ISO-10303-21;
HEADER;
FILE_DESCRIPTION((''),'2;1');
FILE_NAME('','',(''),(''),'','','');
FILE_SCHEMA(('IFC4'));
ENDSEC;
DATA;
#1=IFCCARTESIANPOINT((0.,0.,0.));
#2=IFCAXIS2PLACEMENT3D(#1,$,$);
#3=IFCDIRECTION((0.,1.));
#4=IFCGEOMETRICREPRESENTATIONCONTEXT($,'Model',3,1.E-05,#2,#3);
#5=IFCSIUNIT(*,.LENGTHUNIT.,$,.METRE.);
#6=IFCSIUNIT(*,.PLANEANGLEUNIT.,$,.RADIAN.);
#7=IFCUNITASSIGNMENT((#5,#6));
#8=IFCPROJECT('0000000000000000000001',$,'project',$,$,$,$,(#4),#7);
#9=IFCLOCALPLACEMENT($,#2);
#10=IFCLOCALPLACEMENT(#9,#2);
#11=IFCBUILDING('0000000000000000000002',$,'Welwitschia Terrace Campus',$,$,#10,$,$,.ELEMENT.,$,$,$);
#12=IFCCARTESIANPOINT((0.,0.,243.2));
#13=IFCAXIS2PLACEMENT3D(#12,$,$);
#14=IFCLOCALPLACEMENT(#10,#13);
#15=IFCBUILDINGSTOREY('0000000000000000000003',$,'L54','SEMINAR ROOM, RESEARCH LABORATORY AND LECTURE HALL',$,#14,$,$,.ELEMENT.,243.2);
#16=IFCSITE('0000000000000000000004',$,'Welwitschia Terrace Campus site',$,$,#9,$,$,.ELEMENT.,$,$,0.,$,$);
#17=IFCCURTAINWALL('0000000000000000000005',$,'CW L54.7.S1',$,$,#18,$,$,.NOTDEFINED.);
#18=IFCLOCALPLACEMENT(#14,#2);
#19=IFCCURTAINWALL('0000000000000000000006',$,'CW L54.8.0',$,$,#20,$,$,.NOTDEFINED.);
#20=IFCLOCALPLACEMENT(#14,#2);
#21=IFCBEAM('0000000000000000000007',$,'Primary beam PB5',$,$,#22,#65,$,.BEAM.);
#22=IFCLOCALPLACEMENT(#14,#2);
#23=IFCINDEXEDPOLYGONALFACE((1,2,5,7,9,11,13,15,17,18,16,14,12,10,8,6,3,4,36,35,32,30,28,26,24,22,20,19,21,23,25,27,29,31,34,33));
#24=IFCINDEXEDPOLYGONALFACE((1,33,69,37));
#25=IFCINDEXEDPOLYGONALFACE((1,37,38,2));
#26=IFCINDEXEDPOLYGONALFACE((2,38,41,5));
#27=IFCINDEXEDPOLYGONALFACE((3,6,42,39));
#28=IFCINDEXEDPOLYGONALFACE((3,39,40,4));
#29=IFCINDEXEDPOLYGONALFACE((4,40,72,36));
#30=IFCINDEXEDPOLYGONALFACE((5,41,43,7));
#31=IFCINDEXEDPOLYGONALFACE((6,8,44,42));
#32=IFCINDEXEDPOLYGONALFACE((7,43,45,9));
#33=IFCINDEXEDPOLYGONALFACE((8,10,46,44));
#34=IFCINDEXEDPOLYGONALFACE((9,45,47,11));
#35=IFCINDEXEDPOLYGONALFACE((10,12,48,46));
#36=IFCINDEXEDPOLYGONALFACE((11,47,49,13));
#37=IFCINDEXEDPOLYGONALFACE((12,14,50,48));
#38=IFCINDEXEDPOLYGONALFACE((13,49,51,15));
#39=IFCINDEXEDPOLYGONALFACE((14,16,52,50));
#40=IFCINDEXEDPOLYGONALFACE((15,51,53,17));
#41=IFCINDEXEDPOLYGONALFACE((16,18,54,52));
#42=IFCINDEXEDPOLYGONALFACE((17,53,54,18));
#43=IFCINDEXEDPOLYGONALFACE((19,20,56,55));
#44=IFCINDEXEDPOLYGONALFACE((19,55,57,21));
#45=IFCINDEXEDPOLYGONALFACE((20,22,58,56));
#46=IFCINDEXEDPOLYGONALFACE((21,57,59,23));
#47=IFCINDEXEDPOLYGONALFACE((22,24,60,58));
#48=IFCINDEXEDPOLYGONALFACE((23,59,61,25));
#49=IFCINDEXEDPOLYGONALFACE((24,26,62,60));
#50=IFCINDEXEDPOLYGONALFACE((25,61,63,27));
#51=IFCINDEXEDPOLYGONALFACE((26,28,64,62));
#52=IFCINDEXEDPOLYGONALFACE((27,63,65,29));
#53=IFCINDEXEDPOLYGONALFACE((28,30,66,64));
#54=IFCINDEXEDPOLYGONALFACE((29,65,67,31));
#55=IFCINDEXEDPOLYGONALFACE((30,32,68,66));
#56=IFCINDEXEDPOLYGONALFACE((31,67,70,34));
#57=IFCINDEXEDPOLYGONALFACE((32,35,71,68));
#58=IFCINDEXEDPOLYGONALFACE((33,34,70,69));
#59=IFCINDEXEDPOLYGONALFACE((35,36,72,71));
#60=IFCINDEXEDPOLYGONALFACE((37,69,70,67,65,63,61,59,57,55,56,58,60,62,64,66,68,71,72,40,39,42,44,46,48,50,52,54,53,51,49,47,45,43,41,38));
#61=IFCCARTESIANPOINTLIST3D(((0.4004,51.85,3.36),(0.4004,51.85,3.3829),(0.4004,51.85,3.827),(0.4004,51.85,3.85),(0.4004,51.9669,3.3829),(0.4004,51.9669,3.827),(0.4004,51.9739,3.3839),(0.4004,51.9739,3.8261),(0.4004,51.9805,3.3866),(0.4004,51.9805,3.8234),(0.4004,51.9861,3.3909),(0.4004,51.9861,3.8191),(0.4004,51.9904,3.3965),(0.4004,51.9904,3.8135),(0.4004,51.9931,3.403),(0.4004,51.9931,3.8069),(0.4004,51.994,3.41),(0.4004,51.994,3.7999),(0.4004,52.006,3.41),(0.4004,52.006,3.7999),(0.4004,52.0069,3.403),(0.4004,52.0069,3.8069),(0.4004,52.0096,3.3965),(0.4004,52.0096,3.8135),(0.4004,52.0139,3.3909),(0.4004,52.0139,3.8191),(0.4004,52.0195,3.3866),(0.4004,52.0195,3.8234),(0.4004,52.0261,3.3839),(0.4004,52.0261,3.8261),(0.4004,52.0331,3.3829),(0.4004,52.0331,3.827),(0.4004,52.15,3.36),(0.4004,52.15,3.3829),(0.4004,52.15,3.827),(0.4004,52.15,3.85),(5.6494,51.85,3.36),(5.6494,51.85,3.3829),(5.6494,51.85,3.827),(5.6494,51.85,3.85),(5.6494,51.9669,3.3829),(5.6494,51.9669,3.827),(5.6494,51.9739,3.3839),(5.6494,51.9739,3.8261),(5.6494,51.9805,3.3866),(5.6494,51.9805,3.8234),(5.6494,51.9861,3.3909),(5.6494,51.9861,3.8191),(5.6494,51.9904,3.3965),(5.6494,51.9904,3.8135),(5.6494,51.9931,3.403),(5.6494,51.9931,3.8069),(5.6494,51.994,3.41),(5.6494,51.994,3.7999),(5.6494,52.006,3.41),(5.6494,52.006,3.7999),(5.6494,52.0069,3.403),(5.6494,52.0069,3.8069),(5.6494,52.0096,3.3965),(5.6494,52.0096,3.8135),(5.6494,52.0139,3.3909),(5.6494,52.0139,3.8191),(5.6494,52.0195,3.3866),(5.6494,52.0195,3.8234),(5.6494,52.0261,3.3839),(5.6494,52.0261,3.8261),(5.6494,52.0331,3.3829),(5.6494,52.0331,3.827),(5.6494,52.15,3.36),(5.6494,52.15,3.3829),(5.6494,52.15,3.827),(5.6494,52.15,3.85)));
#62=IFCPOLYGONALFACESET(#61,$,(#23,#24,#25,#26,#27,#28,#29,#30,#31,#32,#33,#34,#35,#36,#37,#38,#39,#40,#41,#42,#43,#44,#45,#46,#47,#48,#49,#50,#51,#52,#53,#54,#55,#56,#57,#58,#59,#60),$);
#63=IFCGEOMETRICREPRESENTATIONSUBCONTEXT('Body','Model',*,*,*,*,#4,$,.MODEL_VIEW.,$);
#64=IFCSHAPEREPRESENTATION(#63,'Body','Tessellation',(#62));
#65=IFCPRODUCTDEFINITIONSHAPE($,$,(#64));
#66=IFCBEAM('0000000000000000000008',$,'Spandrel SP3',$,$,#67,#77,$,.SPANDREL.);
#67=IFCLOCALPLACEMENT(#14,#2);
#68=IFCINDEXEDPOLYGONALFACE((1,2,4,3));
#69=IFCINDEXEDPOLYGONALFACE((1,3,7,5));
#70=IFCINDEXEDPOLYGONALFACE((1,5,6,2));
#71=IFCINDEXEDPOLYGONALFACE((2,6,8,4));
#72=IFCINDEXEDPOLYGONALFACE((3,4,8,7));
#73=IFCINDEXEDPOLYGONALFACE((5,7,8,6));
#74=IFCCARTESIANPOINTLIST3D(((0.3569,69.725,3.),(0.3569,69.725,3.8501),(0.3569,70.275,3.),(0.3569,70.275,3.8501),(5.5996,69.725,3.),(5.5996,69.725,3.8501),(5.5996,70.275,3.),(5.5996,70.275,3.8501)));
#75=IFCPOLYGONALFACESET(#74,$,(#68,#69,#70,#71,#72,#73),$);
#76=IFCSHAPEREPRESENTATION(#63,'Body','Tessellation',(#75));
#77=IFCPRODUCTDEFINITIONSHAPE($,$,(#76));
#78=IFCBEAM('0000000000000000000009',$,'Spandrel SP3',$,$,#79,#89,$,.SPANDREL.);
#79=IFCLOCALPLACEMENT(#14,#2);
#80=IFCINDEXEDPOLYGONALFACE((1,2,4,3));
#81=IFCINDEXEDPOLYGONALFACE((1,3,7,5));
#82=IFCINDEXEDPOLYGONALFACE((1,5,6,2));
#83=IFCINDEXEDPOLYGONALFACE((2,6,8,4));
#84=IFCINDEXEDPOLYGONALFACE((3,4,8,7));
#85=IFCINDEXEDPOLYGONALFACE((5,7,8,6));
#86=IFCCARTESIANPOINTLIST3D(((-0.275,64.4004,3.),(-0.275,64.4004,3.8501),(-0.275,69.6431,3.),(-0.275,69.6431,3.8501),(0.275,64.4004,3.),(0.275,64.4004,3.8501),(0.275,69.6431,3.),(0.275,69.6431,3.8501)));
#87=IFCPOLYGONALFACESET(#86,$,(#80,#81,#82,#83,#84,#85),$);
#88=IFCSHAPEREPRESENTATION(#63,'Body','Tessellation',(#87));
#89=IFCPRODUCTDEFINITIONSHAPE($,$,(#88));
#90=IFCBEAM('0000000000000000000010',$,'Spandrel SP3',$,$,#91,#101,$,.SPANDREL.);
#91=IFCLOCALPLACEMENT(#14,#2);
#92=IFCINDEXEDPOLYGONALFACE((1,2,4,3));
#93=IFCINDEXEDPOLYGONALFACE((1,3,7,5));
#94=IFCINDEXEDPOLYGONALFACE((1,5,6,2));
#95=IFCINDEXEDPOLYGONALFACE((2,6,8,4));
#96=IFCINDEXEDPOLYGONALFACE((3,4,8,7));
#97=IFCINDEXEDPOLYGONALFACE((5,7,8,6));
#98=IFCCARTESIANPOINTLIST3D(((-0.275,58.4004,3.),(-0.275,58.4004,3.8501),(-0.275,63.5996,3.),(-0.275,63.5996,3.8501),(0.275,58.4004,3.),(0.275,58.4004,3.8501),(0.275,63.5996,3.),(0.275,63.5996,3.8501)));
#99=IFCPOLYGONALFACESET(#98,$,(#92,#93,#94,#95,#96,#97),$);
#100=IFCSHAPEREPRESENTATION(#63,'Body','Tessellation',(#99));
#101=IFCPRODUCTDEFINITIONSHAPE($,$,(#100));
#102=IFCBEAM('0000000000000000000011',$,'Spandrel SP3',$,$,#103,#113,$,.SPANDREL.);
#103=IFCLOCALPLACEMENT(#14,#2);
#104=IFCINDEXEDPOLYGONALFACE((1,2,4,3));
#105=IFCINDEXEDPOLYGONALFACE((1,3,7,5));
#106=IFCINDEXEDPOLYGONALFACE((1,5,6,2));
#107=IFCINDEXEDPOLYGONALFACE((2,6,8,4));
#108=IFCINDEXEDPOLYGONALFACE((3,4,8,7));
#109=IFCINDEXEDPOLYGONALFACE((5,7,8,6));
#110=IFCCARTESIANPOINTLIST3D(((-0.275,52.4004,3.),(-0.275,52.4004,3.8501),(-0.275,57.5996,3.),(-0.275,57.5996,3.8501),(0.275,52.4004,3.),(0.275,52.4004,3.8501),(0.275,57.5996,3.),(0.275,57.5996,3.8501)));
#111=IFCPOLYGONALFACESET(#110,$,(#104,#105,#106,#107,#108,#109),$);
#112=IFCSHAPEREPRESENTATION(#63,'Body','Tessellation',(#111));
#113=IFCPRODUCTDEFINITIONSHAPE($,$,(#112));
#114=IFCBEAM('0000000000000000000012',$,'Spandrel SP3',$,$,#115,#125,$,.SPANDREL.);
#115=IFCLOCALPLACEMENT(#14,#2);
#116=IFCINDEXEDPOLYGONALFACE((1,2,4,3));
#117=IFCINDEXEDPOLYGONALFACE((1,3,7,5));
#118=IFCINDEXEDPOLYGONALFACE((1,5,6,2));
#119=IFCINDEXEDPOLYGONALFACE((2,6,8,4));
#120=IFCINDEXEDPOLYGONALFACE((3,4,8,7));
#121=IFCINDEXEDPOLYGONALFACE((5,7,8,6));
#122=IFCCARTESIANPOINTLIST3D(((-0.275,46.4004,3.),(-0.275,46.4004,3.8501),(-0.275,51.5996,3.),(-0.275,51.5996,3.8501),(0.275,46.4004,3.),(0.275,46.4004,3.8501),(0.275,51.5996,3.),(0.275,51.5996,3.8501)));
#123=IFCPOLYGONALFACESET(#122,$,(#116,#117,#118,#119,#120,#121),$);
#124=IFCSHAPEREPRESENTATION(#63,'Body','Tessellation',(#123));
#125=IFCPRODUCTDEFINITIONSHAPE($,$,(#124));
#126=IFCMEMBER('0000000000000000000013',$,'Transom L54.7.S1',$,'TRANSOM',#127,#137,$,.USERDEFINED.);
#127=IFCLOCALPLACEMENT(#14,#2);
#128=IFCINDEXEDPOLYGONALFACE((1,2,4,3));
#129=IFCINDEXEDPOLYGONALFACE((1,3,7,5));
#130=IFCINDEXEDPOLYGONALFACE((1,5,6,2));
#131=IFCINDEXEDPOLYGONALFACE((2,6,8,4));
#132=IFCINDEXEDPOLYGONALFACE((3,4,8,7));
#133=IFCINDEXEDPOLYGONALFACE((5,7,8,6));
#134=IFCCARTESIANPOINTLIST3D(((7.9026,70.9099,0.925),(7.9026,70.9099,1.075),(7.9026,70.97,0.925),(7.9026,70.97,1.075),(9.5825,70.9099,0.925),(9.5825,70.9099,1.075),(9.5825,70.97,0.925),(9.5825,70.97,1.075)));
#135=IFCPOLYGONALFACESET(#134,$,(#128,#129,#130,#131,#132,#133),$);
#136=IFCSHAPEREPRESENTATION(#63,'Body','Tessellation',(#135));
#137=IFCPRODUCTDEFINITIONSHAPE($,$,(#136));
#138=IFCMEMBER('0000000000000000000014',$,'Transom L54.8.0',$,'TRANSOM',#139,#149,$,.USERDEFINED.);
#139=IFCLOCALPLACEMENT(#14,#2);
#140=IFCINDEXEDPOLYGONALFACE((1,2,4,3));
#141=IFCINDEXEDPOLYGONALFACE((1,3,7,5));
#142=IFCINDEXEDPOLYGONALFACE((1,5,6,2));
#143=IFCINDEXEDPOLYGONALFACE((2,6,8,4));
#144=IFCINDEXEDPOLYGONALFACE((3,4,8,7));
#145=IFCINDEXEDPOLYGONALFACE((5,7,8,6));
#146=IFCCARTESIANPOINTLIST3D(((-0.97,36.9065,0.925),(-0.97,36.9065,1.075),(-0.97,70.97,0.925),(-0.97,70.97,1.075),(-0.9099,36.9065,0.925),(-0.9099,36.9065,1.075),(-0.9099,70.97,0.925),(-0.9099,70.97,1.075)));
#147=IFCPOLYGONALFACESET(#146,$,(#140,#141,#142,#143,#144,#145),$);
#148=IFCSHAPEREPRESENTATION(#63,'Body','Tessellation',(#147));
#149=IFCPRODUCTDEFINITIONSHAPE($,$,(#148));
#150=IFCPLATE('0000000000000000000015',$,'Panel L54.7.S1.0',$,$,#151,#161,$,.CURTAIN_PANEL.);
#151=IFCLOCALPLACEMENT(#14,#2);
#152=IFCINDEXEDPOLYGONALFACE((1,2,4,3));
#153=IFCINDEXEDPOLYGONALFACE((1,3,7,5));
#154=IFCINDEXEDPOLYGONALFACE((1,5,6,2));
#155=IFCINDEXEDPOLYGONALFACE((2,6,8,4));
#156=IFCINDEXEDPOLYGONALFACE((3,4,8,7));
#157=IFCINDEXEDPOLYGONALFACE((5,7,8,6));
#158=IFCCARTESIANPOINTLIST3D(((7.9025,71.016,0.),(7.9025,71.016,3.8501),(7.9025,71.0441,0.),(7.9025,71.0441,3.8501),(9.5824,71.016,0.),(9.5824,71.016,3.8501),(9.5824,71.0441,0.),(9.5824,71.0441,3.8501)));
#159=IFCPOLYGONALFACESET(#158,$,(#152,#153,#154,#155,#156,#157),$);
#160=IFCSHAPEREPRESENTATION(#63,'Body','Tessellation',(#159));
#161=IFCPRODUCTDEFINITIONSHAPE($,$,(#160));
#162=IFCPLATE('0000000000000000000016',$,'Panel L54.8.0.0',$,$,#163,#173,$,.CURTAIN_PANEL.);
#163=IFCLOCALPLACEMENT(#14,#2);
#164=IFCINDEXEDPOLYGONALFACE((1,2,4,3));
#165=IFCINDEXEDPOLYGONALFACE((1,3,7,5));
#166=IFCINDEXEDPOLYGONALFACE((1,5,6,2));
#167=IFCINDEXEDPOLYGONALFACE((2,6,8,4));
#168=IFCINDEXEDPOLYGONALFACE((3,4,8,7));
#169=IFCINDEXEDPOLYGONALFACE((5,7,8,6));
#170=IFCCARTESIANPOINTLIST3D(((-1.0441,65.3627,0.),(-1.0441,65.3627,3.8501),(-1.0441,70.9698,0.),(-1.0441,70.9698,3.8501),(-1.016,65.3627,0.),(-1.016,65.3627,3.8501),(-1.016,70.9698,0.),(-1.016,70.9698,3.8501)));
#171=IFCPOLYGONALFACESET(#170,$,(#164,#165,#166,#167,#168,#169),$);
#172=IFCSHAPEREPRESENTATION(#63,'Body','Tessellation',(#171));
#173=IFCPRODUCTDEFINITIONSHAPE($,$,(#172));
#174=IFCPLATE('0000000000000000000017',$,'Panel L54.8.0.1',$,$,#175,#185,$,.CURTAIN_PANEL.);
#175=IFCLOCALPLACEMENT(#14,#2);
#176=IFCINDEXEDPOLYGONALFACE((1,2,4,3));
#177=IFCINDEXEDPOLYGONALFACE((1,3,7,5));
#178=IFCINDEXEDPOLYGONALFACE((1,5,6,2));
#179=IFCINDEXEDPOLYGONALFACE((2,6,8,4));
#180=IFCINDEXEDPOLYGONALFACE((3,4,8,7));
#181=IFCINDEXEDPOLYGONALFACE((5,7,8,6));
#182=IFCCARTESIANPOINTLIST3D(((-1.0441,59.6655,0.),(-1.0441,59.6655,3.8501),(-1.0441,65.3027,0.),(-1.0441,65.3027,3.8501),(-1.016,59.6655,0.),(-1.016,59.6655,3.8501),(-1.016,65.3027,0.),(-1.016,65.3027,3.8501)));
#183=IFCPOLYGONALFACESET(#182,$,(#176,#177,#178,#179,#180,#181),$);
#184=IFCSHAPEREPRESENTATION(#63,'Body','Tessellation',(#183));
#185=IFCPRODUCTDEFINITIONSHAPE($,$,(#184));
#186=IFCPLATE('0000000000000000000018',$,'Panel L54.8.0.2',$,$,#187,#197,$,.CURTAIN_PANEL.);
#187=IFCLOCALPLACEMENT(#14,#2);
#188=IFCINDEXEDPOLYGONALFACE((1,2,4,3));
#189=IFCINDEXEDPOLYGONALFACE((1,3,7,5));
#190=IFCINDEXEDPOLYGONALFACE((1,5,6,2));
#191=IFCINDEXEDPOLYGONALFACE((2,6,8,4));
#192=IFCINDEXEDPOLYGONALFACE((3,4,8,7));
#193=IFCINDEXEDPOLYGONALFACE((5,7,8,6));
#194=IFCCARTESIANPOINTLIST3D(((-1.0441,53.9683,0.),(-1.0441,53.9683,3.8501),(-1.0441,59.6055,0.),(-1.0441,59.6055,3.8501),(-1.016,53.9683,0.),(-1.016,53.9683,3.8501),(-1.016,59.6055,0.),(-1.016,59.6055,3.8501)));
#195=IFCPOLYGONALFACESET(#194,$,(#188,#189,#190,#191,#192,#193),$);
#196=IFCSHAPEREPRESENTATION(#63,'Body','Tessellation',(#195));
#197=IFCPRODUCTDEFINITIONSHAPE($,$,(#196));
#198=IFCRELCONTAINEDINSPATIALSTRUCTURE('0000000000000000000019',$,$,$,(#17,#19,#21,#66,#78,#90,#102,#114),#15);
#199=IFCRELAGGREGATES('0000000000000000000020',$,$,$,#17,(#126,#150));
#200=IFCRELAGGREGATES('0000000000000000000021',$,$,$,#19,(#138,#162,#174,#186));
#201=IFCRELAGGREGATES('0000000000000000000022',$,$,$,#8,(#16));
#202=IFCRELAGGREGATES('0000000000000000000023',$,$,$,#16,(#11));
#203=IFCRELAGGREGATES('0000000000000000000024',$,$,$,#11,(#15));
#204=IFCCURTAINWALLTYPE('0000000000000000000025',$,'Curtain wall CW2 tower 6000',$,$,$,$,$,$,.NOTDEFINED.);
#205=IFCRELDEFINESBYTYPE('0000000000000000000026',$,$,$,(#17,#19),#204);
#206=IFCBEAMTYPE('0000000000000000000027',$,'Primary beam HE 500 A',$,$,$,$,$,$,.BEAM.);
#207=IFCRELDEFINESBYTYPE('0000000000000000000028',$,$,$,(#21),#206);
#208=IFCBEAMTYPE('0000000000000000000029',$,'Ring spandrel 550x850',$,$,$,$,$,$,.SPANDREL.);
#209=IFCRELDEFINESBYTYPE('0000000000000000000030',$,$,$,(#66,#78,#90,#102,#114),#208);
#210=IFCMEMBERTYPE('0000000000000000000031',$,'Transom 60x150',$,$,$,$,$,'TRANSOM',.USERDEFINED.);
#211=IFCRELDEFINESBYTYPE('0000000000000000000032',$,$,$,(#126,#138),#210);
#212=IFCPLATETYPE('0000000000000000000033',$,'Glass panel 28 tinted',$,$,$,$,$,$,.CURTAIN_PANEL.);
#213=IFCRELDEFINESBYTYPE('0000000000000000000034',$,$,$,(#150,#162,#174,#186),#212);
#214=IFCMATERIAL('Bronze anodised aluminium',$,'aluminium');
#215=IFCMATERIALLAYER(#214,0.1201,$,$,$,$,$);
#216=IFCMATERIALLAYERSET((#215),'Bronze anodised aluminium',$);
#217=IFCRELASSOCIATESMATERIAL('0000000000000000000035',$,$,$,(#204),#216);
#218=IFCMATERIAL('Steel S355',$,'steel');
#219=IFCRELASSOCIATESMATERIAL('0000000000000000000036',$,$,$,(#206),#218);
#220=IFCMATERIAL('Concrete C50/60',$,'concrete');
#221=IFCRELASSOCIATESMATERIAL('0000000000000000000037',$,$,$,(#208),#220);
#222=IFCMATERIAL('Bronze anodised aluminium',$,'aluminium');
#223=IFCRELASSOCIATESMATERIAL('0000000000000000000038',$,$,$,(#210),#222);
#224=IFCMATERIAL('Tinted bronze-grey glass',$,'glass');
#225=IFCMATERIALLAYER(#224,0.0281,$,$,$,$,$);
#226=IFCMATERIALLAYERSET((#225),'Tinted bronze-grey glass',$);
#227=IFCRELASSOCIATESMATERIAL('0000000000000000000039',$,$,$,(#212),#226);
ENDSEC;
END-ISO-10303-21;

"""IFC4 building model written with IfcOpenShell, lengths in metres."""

from ifc_helpers import new_model, si_unit, direction, frame, origin, origin_2d, place, context, subcontext, project, spatial, rectangle, i_section, extrude, material, layer, layer_set, material_profile, profile_set, type_object, element, aggregate, save


model = new_model("IFC4")

# Units and contexts
model_context = context("Model", 3, precision=1e-05, world=origin(), true_north=direction((0.0, 1.0)))
body_context = subcontext(model_context, "Body", "Model", "MODEL_VIEW")
ifc_project = project(units=[si_unit("LENGTHUNIT", "METRE"), si_unit("PLANEANGLEUNIT", "RADIAN")], contexts=[model_context])

# Site, building, storey
site_placement = place(None, origin())
site = spatial("IfcSite", under=ifc_project, at=site_placement, Name="Welwitschia Terrace Campus site", CompositionType="ELEMENT", RefElevation=0.0)
building_placement = place(site_placement, origin())
building = spatial("IfcBuilding", under=site, at=building_placement, Name="Welwitschia Terrace Campus", CompositionType="ELEMENT")
storey_placement = place(building_placement, frame((0.0, 0.0, 243.2)))
storey = spatial("IfcBuildingStorey", under=building, at=storey_placement, Name="L54", Description="SEMINAR ROOM, RESEARCH LABORATORY AND LECTURE HALL", CompositionType="ELEMENT", Elevation=243.2)

# Curtain walls
ifc_material_1 = material(Name="Bronze anodised aluminium", Category="aluminium")
ifc_layer_1 = layer(ifc_material_1, 0.1201)
ifc_layer_set_1 = layer_set([ifc_layer_1], Name="Bronze anodised aluminium")
curtain_wall_type = type_object("IfcCurtainWallType", Name="Curtain wall CW2 tower 6000", PredefinedType="NOTDEFINED", material=ifc_layer_set_1)
curtain_wall_1_placement = place(storey_placement, origin())
curtain_wall_1 = element("IfcCurtainWall", 1, at=curtain_wall_1_placement, inside=storey, type_object=curtain_wall_type, Name="CW L54.7.S1", PredefinedType="NOTDEFINED")
curtain_wall_2_placement = place(storey_placement, origin())
curtain_wall_2 = element("IfcCurtainWall", 2, at=curtain_wall_2_placement, inside=storey, type_object=curtain_wall_type, Name="CW L54.8.0", PredefinedType="NOTDEFINED")

# Beams
ifc_material_2 = material(Name="Steel S355", Category="steel")
ifc_material_profile_1 = material_profile(ifc_material_2, i_section(OverallWidth=0.3, OverallDepth=0.49, WebThickness=0.012, FlangeThickness=0.0229, FilletRadius=0.0271, at=origin_2d()))
ifc_profile_set_1 = profile_set([ifc_material_profile_1], Name="Steel S355")
beam_type_1 = type_object("IfcBeamType", Name="Primary beam HE 500 A", PredefinedType="BEAM", material=ifc_profile_set_1)
for number, where, z_axis, x_axis, name in (
    (3, (0.4004, 52.0, 3.605), (1.0, 0.0, 0.0), (0.0, 1.0, 0.0), "Primary beam PB5"),
):
    element("IfcBeam", number, at=place(storey_placement, frame(where, z_axis=z_axis, x_axis=x_axis)), inside=storey, type_object=beam_type_1, Name=name, PredefinedType="BEAM", context=body_context, shape_type="SweptSolid", body=[
        extrude(i_section(OverallWidth=0.3, OverallDepth=0.49, WebThickness=0.012, FlangeThickness=0.0229, FilletRadius=0.0271, at=origin_2d()), origin(), (0.0, 0.0, 1.0), 5.249),
    ])
ifc_material_3 = material(Name="Concrete C50/60", Category="concrete")
ifc_material_profile_2 = material_profile(ifc_material_3, rectangle(XDim=0.55, YDim=0.8501, at=origin_2d()))
ifc_profile_set_2 = profile_set([ifc_material_profile_2], Name="Concrete C50/60")
beam_type_2 = type_object("IfcBeamType", Name="Ring spandrel 550x850", PredefinedType="SPANDREL", material=ifc_profile_set_2)
for number, where, z_axis, x_axis, name in (
    (4, (5.5996, 70.0, 3.425), (-1.0, 0.0, 0.0), (0.0, -1.0, 0.0), "Spandrel SP3"),
    (5, (0.0, 69.6431, 3.425), (0.0, -1.0, 0.0), (1.0, 0.0, 0.0), "Spandrel SP3"),
):
    element("IfcBeam", number, at=place(storey_placement, frame(where, z_axis=z_axis, x_axis=x_axis)), inside=storey, type_object=beam_type_2, Name=name, PredefinedType="SPANDREL", context=body_context, shape_type="SweptSolid", body=[
        extrude(rectangle(XDim=0.55, YDim=0.8501, at=origin_2d()), origin(), (0.0, 0.0, 1.0), 5.2427),
    ])
for number, where, z_axis, x_axis, name in (
    (6, (0.0, 63.5996, 3.425), (0.0, -1.0, 0.0), (1.0, 0.0, 0.0), "Spandrel SP3"),
    (7, (0.0, 57.5996, 3.425), (0.0, -1.0, 0.0), (1.0, 0.0, 0.0), "Spandrel SP3"),
    (8, (0.0, 51.5996, 3.425), (0.0, -1.0, 0.0), (1.0, 0.0, 0.0), "Spandrel SP3"),
):
    element("IfcBeam", number, at=place(storey_placement, frame(where, z_axis=z_axis, x_axis=x_axis)), inside=storey, type_object=beam_type_2, Name=name, PredefinedType="SPANDREL", context=body_context, shape_type="SweptSolid", body=[
        extrude(rectangle(XDim=0.55, YDim=0.8501, at=origin_2d()), origin(), (0.0, 0.0, 1.0), 5.1992),
    ])

# Members
ifc_material_4 = material(Name="Bronze anodised aluminium", Category="aluminium")
ifc_material_profile_3 = material_profile(ifc_material_4, rectangle(XDim=0.0601, YDim=0.1499, at=origin_2d()))
ifc_profile_set_3 = profile_set([ifc_material_profile_3], Name="Bronze anodised aluminium")
member_type_1 = type_object("IfcMemberType", Name="Transom 60x150", ElementType="TRANSOM", PredefinedType="USERDEFINED", material=ifc_profile_set_3)
member_1_placement = place(storey_placement, frame((9.5825, 70.9399, 1.0), z_axis=(-1.0, 0.0, 0.0), x_axis=(0.0, -1.0, 0.0)))
member_1 = element("IfcMember", 9, at=member_1_placement, type_object=member_type_1, Name="Transom L54.7.S1", ObjectType="TRANSOM", PredefinedType="USERDEFINED", context=body_context, shape_type="SweptSolid", body=[
    extrude(rectangle(XDim=0.0601, YDim=0.1499, at=origin_2d()), origin(), (0.0, 0.0, 1.0), 1.6799),
])
member_2_placement = place(storey_placement, frame((-0.9399, 70.97, 1.0), z_axis=(0.0, -1.0, 0.0), x_axis=(1.0, 0.0, 0.0)))
member_2 = element("IfcMember", 10, at=member_2_placement, type_object=member_type_1, Name="Transom L54.8.0", ObjectType="TRANSOM", PredefinedType="USERDEFINED", context=body_context, shape_type="SweptSolid", body=[
    extrude(rectangle(XDim=0.0601, YDim=0.1499, at=origin_2d()), origin(), (0.0, 0.0, 1.0), 34.0635),
])

# Plates
ifc_material_5 = material(Name="Tinted bronze-grey glass", Category="glass")
ifc_layer_2 = layer(ifc_material_5, 0.0281)
ifc_layer_set_2 = layer_set([ifc_layer_2], Name="Tinted bronze-grey glass")
plate_type = type_object("IfcPlateType", Name="Glass panel 28 tinted", PredefinedType="CURTAIN_PANEL", material=ifc_layer_set_2)
plate_1_placement = place(storey_placement, frame((8.7424, 71.03, 0.0), z_axis=(0.0, 0.0, 1.0), x_axis=(-1.0, 0.0, 0.0)))
plate_1 = element("IfcPlate", 11, at=plate_1_placement, type_object=plate_type, Name="Panel L54.7.S1.0", PredefinedType="CURTAIN_PANEL", context=body_context, shape_type="SweptSolid", body=[
    extrude(rectangle(XDim=1.6799, YDim=0.0281, at=origin_2d()), origin(), (0.0, 0.0, 1.0), 3.8501),
])
aggregate(curtain_wall_1, [member_1, plate_1])
plate_2_placement = place(storey_placement, frame((-1.03, 68.1663, 0.0), z_axis=(0.0, 0.0, 1.0), x_axis=(0.0, -1.0, 0.0)))
plate_2 = element("IfcPlate", 12, at=plate_2_placement, type_object=plate_type, Name="Panel L54.8.0.0", PredefinedType="CURTAIN_PANEL", context=body_context, shape_type="SweptSolid", body=[
    extrude(rectangle(XDim=5.6072, YDim=0.0281, at=origin_2d()), origin(), (0.0, 0.0, 1.0), 3.8501),
])
plate_3_placement = place(storey_placement, frame((-1.03, 62.4841, 0.0), z_axis=(0.0, 0.0, 1.0), x_axis=(0.0, -1.0, 0.0)))
plate_3 = element("IfcPlate", 13, at=plate_3_placement, type_object=plate_type, Name="Panel L54.8.0.1", PredefinedType="CURTAIN_PANEL", context=body_context, shape_type="SweptSolid", body=[
    extrude(rectangle(XDim=5.6372, YDim=0.0281, at=origin_2d()), origin(), (0.0, 0.0, 1.0), 3.8501),
])
plate_4_placement = place(storey_placement, frame((-1.03, 56.7869, 0.0), z_axis=(0.0, 0.0, 1.0), x_axis=(0.0, -1.0, 0.0)))
plate_4 = element("IfcPlate", 14, at=plate_4_placement, type_object=plate_type, Name="Panel L54.8.0.2", PredefinedType="CURTAIN_PANEL", context=body_context, shape_type="SweptSolid", body=[
    extrude(rectangle(XDim=5.6372, YDim=0.0281, at=origin_2d()), origin(), (0.0, 0.0, 1.0), 3.8501),
])
aggregate(curtain_wall_2, [member_2, plate_2, plate_3, plate_4])

save(model, "model.ifc")
